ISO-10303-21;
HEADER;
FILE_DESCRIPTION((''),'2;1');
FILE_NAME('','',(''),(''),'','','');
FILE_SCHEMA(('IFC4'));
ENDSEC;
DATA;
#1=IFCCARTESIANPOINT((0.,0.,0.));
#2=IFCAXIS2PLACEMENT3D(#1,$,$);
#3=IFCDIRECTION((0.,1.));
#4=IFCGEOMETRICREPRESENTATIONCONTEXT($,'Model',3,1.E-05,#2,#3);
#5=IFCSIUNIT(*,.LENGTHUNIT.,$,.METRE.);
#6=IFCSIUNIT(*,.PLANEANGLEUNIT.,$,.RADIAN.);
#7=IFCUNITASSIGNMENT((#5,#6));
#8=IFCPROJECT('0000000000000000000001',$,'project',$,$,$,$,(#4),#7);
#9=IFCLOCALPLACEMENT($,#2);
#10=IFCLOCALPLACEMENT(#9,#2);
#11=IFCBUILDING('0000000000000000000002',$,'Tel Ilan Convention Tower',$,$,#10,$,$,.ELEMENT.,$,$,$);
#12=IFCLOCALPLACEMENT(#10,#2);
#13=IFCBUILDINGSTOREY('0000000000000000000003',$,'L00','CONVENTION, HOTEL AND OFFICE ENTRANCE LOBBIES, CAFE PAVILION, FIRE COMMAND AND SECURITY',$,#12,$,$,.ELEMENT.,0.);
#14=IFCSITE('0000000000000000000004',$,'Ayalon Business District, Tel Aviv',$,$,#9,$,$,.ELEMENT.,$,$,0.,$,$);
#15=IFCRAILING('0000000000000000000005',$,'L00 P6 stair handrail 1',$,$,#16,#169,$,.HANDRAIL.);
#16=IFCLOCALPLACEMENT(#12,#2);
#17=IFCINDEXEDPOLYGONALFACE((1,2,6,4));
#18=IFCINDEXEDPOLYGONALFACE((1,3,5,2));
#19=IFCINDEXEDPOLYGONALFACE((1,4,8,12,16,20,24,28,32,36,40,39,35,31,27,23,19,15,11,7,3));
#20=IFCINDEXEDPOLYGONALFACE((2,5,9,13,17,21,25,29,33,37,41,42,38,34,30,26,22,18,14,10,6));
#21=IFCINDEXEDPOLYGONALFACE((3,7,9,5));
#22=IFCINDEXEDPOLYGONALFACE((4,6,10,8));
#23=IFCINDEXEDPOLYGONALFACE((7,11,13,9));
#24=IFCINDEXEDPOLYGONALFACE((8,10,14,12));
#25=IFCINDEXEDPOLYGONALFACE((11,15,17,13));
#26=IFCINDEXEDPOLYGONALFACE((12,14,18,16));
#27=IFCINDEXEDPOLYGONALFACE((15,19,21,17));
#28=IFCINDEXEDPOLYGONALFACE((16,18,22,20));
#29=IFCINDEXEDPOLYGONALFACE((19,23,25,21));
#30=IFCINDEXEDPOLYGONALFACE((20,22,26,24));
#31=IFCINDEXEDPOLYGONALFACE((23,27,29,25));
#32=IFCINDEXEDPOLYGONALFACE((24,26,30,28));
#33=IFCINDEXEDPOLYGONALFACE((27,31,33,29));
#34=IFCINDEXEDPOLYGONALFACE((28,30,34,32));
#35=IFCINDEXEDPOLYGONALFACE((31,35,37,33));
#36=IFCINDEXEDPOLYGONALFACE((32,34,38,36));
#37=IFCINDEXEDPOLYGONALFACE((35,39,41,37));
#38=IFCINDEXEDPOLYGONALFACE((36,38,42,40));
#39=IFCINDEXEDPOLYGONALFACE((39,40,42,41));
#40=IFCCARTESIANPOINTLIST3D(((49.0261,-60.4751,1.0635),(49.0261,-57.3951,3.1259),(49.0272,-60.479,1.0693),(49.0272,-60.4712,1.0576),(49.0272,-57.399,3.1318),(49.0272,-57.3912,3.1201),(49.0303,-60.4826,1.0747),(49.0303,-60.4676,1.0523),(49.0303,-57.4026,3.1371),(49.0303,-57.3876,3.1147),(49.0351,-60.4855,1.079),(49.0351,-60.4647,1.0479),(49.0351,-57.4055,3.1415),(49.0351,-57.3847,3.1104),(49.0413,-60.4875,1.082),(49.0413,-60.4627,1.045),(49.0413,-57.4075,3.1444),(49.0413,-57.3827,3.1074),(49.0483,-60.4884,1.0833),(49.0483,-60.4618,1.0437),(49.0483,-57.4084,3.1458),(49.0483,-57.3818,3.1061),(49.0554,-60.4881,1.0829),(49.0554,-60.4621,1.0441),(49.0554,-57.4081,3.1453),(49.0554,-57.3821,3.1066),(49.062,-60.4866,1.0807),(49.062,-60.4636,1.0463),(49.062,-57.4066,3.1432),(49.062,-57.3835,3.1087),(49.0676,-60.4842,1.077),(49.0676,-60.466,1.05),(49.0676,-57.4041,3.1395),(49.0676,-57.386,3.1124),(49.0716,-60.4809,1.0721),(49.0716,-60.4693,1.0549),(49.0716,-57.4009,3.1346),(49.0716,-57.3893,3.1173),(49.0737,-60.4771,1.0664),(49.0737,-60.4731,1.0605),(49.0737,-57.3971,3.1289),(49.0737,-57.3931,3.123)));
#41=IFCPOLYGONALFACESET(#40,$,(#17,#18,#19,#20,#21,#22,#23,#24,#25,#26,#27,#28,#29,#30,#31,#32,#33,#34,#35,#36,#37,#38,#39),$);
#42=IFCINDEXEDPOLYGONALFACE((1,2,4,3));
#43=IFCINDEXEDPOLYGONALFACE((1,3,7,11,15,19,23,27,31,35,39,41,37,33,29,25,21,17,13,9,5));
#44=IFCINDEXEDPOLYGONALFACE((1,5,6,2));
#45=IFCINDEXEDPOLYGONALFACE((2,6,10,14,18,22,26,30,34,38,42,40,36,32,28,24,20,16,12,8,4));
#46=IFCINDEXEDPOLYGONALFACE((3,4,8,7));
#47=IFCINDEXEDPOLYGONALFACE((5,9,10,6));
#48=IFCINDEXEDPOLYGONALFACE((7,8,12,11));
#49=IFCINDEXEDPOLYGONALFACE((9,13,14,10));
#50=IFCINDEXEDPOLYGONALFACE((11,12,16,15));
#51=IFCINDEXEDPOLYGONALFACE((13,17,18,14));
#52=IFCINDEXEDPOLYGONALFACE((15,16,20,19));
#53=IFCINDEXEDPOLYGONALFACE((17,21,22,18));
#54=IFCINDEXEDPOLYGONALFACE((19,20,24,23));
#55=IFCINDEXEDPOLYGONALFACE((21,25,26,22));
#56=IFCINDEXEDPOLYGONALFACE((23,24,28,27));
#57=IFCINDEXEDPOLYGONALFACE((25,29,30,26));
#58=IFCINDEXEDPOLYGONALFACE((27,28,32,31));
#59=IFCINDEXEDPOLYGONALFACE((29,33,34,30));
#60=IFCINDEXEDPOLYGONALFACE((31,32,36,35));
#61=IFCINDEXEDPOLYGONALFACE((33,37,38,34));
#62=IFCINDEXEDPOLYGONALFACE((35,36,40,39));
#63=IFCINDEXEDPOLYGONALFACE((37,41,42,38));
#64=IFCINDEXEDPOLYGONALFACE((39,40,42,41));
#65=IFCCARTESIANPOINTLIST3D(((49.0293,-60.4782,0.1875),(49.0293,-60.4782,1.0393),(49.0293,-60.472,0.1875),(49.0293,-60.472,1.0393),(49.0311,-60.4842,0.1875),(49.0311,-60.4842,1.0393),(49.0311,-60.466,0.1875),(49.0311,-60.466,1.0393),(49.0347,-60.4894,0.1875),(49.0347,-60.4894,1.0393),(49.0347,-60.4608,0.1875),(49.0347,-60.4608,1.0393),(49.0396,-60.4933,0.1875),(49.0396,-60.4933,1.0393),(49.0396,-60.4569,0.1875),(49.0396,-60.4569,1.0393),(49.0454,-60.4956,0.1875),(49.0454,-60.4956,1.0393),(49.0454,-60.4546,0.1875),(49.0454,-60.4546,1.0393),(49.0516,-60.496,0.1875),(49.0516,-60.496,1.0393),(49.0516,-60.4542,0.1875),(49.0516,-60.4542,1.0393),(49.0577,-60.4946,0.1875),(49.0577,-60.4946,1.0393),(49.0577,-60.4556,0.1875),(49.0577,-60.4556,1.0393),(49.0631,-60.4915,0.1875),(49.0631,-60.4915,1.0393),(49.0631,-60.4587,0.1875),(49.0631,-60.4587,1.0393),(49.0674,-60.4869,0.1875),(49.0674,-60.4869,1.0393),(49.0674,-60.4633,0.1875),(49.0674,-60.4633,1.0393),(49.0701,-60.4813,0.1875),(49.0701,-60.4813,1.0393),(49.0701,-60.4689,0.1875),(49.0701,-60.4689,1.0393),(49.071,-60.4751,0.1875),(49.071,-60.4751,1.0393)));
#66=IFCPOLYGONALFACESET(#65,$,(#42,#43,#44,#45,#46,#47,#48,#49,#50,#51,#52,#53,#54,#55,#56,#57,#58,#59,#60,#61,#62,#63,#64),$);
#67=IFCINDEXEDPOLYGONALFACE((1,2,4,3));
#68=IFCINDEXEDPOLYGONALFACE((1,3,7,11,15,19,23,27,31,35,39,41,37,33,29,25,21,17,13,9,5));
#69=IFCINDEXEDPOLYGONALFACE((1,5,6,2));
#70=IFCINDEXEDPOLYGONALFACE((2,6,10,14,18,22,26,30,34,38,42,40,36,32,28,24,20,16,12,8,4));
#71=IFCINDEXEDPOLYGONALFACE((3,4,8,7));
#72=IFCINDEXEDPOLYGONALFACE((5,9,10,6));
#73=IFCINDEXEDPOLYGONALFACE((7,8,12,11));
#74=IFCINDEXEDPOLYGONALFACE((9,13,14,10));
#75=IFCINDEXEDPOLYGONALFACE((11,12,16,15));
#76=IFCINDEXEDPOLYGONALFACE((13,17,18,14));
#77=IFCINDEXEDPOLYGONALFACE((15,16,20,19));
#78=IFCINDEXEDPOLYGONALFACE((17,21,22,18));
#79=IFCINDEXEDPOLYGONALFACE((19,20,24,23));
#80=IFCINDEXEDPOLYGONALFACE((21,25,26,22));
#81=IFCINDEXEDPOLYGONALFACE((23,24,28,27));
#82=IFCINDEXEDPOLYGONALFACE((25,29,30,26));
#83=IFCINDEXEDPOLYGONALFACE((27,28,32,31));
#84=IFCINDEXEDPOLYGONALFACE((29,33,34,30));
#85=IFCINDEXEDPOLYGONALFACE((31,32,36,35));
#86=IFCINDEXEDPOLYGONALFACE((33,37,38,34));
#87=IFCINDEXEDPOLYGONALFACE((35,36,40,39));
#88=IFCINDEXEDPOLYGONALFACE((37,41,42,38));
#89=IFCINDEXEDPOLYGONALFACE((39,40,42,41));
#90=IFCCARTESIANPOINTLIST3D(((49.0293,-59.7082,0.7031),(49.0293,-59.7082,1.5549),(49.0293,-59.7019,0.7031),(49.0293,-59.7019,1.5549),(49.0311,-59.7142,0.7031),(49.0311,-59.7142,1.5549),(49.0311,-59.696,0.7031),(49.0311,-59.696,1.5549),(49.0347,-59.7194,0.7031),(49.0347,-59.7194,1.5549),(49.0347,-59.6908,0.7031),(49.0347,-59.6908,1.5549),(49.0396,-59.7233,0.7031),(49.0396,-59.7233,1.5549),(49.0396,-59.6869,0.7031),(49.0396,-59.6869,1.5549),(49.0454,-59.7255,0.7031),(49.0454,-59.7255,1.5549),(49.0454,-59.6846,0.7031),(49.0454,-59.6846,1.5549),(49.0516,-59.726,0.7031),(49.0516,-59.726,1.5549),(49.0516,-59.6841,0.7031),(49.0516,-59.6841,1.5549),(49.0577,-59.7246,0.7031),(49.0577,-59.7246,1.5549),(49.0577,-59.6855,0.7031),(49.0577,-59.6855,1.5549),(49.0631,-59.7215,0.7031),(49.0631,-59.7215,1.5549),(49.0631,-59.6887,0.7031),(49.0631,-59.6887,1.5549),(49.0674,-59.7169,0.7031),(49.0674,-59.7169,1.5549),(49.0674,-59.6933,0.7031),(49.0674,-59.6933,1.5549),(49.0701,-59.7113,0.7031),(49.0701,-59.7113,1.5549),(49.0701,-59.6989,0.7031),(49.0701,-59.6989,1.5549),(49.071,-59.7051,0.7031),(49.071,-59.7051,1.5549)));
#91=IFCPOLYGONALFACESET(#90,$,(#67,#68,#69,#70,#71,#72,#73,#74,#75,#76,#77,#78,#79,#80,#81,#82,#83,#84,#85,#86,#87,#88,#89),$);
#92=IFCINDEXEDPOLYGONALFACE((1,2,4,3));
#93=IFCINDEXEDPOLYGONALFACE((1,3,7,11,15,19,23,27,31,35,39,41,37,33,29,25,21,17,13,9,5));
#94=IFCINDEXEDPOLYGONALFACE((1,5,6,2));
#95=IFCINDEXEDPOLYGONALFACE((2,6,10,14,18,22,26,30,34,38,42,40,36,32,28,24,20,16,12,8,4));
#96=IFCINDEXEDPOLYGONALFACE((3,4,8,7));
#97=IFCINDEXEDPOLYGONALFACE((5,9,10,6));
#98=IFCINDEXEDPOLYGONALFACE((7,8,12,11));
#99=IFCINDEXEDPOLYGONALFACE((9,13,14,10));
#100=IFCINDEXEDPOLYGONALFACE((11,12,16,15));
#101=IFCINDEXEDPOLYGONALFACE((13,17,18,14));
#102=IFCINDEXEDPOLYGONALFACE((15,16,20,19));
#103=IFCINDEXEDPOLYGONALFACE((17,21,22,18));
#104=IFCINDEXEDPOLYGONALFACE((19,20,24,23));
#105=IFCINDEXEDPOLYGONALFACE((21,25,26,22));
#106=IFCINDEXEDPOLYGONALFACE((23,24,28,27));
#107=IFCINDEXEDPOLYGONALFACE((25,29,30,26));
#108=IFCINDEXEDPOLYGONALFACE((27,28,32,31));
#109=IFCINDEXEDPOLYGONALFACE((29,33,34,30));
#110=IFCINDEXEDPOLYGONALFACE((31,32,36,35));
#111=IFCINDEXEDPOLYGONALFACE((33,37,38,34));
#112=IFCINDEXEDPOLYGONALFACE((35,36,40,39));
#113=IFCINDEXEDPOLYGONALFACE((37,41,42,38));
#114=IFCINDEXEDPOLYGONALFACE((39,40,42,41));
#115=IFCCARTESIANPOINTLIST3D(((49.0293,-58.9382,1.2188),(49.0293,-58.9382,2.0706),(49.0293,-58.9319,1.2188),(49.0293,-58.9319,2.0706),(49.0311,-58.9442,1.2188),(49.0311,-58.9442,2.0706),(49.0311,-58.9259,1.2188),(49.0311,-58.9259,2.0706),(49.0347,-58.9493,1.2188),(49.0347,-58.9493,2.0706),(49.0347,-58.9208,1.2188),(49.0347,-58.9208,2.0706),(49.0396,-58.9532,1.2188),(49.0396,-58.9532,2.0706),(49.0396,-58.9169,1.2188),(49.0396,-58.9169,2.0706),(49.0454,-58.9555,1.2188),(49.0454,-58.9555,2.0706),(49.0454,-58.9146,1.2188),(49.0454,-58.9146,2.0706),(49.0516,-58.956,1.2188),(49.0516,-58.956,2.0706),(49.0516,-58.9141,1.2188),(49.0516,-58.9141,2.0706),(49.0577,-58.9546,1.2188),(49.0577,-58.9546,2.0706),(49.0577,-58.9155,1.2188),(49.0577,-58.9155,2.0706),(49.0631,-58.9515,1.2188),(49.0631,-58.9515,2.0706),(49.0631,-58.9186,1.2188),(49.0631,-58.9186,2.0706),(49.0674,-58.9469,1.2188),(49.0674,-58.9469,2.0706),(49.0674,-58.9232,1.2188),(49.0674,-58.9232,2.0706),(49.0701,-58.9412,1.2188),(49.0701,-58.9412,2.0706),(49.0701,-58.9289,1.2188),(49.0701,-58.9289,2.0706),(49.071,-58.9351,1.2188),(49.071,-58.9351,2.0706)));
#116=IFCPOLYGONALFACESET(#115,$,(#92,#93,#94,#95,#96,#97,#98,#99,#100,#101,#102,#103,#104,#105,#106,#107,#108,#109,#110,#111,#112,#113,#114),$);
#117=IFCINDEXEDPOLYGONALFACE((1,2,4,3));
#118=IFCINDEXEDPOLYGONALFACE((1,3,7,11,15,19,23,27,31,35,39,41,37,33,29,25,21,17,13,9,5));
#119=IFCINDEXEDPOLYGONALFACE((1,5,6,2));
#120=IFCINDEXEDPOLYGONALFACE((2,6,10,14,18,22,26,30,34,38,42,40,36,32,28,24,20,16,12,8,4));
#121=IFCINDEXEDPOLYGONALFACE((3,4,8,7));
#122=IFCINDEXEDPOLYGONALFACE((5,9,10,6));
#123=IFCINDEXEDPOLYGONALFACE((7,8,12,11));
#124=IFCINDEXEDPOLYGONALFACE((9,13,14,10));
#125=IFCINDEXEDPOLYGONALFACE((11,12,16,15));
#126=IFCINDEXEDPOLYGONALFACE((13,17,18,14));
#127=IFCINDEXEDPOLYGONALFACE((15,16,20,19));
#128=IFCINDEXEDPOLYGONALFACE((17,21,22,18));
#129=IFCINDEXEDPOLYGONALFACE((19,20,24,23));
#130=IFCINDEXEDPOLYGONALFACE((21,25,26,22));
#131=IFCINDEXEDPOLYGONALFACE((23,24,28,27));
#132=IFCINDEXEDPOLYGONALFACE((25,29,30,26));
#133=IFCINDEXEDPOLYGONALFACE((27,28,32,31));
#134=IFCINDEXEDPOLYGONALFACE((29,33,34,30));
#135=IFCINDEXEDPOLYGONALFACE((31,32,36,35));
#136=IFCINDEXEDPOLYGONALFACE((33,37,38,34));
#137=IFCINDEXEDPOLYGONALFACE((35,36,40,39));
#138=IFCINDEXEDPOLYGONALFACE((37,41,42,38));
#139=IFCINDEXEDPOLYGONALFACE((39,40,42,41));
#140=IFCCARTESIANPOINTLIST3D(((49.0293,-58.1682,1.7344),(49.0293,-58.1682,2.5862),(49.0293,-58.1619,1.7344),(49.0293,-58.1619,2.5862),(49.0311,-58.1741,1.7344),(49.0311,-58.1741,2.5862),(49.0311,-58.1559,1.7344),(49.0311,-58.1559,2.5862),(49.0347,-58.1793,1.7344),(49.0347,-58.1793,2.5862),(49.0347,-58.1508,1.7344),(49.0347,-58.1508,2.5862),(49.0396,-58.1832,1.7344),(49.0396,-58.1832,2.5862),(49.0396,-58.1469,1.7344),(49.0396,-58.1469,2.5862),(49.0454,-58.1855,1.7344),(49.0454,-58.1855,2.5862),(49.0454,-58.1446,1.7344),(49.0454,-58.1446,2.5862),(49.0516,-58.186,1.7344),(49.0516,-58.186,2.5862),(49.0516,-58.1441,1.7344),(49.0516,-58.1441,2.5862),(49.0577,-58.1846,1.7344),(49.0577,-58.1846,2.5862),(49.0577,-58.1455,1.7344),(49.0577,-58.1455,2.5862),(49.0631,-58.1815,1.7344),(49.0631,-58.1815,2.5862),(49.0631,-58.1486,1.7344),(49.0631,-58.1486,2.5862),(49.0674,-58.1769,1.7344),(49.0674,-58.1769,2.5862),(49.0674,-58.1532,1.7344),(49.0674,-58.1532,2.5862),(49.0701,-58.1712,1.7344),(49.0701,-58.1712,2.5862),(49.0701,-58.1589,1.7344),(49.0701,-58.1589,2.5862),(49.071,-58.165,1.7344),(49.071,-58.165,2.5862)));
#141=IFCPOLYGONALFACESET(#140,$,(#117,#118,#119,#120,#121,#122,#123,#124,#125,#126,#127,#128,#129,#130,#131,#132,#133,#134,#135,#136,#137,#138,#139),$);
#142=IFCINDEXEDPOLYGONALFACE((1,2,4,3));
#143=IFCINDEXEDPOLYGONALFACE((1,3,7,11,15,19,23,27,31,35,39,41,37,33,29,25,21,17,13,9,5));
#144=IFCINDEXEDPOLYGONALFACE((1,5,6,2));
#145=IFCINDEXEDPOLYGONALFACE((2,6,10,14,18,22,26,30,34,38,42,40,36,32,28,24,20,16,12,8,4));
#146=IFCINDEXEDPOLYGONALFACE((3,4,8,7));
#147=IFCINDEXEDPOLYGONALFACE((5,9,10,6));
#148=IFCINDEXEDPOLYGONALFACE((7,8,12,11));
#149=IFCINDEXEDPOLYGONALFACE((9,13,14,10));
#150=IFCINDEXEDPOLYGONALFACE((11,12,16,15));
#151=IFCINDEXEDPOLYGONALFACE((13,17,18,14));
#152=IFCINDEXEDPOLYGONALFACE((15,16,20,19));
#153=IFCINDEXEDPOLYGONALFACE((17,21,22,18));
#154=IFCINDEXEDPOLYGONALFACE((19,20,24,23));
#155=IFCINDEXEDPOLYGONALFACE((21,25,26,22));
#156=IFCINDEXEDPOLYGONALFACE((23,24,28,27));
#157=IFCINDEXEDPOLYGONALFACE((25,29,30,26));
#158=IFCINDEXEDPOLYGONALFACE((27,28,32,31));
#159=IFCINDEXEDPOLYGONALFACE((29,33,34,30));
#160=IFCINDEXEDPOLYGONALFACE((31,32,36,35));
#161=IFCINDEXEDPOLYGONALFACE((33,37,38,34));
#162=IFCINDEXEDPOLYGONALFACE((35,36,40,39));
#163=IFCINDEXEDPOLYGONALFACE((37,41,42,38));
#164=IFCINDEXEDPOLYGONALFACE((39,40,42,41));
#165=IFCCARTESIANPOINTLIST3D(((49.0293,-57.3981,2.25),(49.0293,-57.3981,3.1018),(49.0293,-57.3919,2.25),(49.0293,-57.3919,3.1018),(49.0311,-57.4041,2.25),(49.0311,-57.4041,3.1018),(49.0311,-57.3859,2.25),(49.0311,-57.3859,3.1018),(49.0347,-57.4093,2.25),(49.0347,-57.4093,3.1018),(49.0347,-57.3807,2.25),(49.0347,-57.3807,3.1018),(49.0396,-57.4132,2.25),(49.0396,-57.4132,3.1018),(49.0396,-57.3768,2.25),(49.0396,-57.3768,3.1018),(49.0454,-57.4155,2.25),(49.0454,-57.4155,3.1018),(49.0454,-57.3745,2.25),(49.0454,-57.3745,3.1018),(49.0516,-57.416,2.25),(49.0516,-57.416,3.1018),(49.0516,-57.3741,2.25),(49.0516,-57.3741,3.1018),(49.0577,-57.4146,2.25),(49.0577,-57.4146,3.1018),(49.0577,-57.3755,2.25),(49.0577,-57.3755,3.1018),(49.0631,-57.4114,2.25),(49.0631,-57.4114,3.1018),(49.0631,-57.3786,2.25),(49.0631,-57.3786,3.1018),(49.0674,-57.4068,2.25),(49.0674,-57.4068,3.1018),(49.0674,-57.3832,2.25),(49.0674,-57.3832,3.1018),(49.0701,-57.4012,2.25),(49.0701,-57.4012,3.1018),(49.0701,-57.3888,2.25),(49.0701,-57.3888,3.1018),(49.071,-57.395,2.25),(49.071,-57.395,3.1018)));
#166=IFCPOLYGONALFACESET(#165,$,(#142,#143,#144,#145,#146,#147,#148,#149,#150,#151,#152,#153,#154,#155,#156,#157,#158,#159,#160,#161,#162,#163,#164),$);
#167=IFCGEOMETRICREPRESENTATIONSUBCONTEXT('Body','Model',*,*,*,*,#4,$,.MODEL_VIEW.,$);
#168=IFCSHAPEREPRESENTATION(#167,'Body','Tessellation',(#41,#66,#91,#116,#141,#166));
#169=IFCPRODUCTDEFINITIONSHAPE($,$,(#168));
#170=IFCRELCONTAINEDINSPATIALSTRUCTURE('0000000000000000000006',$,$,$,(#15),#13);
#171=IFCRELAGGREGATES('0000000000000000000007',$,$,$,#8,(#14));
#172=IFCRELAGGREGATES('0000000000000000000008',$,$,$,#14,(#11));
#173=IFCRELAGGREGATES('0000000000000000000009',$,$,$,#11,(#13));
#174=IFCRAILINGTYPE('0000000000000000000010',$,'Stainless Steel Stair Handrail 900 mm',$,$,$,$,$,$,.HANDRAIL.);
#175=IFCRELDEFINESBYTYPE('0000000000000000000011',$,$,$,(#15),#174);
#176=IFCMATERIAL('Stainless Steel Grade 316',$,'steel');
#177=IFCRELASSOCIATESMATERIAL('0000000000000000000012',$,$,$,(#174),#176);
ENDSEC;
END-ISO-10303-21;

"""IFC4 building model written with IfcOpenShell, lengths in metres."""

from ifc_helpers import new_model, si_unit, direction, frame, origin, origin_2d, place, context, subcontext, project, spatial, circle, extrude, material, type_object, element, save


model = new_model("IFC4")

# Units and contexts
model_context = context("Model", 3, precision=1e-05, world=origin(), true_north=direction((0.0, 1.0)))
body_context = subcontext(model_context, "Body", "Model", "MODEL_VIEW")
ifc_project = project(units=[si_unit("LENGTHUNIT", "METRE"), si_unit("PLANEANGLEUNIT", "RADIAN")], contexts=[model_context])

# Site, building, storey
site_placement = place(None, origin())
site = spatial("IfcSite", under=ifc_project, at=site_placement, Name="Ayalon Business District, Tel Aviv", CompositionType="ELEMENT", RefElevation=0.0)
building_placement = place(site_placement, origin())
building = spatial("IfcBuilding", under=site, at=building_placement, Name="Tel Ilan Convention Tower", CompositionType="ELEMENT")
storey_placement = place(building_placement, origin())
storey = spatial("IfcBuildingStorey", under=building, at=storey_placement, Name="L00", Description="CONVENTION, HOTEL AND OFFICE ENTRANCE LOBBIES, CAFE PAVILION, FIRE COMMAND AND SECURITY", CompositionType="ELEMENT", Elevation=0.0)

# Railing
ifc_material_1 = material(Name="Stainless Steel Grade 316", Category="steel")
railing_type_1 = type_object("IfcRailingType", Name="Stainless Steel Stair Handrail 900 mm", PredefinedType="HANDRAIL", material=ifc_material_1)
for number, where, name in (
    (1, (49.05, -60.4751, 0.1875), "L00 P6 stair handrail 1"),
):
    element("IfcRailing", number, at=place(storey_placement, frame(where)), inside=storey, type_object=railing_type_1, Name=name, PredefinedType="HANDRAIL", context=body_context, shape_type="SweptSolid", body=[
        extrude(circle(Radius=0.0239, at=origin_2d()), frame((0.0, 0.0, 0.876), z_axis=(0.0, 0.830914, 0.556401), x_axis=(-1.0, 0.0, 0.0)), (0.0, 0.0, 1.0), 3.7068),
        extrude(circle(Radius=0.021, at=origin_2d()), origin(), (0.0, 0.0, 1.0), 0.8518),
        extrude(circle(Radius=0.021, at=origin_2d()), frame((0.0, 0.77, 0.5156)), (0.0, 0.0, 1.0), 0.8518),
        extrude(circle(Radius=0.021, at=origin_2d()), frame((0.0, 1.54, 1.0312)), (0.0, 0.0, 1.0), 0.8518),
        extrude(circle(Radius=0.021, at=origin_2d()), frame((0.0, 2.3101, 1.5469)), (0.0, 0.0, 1.0), 0.8518),
        extrude(circle(Radius=0.021, at=origin_2d()), frame((0.0, 3.0801, 2.0625)), (0.0, 0.0, 1.0), 0.8518),
    ])

save(model, "model.ifc")
